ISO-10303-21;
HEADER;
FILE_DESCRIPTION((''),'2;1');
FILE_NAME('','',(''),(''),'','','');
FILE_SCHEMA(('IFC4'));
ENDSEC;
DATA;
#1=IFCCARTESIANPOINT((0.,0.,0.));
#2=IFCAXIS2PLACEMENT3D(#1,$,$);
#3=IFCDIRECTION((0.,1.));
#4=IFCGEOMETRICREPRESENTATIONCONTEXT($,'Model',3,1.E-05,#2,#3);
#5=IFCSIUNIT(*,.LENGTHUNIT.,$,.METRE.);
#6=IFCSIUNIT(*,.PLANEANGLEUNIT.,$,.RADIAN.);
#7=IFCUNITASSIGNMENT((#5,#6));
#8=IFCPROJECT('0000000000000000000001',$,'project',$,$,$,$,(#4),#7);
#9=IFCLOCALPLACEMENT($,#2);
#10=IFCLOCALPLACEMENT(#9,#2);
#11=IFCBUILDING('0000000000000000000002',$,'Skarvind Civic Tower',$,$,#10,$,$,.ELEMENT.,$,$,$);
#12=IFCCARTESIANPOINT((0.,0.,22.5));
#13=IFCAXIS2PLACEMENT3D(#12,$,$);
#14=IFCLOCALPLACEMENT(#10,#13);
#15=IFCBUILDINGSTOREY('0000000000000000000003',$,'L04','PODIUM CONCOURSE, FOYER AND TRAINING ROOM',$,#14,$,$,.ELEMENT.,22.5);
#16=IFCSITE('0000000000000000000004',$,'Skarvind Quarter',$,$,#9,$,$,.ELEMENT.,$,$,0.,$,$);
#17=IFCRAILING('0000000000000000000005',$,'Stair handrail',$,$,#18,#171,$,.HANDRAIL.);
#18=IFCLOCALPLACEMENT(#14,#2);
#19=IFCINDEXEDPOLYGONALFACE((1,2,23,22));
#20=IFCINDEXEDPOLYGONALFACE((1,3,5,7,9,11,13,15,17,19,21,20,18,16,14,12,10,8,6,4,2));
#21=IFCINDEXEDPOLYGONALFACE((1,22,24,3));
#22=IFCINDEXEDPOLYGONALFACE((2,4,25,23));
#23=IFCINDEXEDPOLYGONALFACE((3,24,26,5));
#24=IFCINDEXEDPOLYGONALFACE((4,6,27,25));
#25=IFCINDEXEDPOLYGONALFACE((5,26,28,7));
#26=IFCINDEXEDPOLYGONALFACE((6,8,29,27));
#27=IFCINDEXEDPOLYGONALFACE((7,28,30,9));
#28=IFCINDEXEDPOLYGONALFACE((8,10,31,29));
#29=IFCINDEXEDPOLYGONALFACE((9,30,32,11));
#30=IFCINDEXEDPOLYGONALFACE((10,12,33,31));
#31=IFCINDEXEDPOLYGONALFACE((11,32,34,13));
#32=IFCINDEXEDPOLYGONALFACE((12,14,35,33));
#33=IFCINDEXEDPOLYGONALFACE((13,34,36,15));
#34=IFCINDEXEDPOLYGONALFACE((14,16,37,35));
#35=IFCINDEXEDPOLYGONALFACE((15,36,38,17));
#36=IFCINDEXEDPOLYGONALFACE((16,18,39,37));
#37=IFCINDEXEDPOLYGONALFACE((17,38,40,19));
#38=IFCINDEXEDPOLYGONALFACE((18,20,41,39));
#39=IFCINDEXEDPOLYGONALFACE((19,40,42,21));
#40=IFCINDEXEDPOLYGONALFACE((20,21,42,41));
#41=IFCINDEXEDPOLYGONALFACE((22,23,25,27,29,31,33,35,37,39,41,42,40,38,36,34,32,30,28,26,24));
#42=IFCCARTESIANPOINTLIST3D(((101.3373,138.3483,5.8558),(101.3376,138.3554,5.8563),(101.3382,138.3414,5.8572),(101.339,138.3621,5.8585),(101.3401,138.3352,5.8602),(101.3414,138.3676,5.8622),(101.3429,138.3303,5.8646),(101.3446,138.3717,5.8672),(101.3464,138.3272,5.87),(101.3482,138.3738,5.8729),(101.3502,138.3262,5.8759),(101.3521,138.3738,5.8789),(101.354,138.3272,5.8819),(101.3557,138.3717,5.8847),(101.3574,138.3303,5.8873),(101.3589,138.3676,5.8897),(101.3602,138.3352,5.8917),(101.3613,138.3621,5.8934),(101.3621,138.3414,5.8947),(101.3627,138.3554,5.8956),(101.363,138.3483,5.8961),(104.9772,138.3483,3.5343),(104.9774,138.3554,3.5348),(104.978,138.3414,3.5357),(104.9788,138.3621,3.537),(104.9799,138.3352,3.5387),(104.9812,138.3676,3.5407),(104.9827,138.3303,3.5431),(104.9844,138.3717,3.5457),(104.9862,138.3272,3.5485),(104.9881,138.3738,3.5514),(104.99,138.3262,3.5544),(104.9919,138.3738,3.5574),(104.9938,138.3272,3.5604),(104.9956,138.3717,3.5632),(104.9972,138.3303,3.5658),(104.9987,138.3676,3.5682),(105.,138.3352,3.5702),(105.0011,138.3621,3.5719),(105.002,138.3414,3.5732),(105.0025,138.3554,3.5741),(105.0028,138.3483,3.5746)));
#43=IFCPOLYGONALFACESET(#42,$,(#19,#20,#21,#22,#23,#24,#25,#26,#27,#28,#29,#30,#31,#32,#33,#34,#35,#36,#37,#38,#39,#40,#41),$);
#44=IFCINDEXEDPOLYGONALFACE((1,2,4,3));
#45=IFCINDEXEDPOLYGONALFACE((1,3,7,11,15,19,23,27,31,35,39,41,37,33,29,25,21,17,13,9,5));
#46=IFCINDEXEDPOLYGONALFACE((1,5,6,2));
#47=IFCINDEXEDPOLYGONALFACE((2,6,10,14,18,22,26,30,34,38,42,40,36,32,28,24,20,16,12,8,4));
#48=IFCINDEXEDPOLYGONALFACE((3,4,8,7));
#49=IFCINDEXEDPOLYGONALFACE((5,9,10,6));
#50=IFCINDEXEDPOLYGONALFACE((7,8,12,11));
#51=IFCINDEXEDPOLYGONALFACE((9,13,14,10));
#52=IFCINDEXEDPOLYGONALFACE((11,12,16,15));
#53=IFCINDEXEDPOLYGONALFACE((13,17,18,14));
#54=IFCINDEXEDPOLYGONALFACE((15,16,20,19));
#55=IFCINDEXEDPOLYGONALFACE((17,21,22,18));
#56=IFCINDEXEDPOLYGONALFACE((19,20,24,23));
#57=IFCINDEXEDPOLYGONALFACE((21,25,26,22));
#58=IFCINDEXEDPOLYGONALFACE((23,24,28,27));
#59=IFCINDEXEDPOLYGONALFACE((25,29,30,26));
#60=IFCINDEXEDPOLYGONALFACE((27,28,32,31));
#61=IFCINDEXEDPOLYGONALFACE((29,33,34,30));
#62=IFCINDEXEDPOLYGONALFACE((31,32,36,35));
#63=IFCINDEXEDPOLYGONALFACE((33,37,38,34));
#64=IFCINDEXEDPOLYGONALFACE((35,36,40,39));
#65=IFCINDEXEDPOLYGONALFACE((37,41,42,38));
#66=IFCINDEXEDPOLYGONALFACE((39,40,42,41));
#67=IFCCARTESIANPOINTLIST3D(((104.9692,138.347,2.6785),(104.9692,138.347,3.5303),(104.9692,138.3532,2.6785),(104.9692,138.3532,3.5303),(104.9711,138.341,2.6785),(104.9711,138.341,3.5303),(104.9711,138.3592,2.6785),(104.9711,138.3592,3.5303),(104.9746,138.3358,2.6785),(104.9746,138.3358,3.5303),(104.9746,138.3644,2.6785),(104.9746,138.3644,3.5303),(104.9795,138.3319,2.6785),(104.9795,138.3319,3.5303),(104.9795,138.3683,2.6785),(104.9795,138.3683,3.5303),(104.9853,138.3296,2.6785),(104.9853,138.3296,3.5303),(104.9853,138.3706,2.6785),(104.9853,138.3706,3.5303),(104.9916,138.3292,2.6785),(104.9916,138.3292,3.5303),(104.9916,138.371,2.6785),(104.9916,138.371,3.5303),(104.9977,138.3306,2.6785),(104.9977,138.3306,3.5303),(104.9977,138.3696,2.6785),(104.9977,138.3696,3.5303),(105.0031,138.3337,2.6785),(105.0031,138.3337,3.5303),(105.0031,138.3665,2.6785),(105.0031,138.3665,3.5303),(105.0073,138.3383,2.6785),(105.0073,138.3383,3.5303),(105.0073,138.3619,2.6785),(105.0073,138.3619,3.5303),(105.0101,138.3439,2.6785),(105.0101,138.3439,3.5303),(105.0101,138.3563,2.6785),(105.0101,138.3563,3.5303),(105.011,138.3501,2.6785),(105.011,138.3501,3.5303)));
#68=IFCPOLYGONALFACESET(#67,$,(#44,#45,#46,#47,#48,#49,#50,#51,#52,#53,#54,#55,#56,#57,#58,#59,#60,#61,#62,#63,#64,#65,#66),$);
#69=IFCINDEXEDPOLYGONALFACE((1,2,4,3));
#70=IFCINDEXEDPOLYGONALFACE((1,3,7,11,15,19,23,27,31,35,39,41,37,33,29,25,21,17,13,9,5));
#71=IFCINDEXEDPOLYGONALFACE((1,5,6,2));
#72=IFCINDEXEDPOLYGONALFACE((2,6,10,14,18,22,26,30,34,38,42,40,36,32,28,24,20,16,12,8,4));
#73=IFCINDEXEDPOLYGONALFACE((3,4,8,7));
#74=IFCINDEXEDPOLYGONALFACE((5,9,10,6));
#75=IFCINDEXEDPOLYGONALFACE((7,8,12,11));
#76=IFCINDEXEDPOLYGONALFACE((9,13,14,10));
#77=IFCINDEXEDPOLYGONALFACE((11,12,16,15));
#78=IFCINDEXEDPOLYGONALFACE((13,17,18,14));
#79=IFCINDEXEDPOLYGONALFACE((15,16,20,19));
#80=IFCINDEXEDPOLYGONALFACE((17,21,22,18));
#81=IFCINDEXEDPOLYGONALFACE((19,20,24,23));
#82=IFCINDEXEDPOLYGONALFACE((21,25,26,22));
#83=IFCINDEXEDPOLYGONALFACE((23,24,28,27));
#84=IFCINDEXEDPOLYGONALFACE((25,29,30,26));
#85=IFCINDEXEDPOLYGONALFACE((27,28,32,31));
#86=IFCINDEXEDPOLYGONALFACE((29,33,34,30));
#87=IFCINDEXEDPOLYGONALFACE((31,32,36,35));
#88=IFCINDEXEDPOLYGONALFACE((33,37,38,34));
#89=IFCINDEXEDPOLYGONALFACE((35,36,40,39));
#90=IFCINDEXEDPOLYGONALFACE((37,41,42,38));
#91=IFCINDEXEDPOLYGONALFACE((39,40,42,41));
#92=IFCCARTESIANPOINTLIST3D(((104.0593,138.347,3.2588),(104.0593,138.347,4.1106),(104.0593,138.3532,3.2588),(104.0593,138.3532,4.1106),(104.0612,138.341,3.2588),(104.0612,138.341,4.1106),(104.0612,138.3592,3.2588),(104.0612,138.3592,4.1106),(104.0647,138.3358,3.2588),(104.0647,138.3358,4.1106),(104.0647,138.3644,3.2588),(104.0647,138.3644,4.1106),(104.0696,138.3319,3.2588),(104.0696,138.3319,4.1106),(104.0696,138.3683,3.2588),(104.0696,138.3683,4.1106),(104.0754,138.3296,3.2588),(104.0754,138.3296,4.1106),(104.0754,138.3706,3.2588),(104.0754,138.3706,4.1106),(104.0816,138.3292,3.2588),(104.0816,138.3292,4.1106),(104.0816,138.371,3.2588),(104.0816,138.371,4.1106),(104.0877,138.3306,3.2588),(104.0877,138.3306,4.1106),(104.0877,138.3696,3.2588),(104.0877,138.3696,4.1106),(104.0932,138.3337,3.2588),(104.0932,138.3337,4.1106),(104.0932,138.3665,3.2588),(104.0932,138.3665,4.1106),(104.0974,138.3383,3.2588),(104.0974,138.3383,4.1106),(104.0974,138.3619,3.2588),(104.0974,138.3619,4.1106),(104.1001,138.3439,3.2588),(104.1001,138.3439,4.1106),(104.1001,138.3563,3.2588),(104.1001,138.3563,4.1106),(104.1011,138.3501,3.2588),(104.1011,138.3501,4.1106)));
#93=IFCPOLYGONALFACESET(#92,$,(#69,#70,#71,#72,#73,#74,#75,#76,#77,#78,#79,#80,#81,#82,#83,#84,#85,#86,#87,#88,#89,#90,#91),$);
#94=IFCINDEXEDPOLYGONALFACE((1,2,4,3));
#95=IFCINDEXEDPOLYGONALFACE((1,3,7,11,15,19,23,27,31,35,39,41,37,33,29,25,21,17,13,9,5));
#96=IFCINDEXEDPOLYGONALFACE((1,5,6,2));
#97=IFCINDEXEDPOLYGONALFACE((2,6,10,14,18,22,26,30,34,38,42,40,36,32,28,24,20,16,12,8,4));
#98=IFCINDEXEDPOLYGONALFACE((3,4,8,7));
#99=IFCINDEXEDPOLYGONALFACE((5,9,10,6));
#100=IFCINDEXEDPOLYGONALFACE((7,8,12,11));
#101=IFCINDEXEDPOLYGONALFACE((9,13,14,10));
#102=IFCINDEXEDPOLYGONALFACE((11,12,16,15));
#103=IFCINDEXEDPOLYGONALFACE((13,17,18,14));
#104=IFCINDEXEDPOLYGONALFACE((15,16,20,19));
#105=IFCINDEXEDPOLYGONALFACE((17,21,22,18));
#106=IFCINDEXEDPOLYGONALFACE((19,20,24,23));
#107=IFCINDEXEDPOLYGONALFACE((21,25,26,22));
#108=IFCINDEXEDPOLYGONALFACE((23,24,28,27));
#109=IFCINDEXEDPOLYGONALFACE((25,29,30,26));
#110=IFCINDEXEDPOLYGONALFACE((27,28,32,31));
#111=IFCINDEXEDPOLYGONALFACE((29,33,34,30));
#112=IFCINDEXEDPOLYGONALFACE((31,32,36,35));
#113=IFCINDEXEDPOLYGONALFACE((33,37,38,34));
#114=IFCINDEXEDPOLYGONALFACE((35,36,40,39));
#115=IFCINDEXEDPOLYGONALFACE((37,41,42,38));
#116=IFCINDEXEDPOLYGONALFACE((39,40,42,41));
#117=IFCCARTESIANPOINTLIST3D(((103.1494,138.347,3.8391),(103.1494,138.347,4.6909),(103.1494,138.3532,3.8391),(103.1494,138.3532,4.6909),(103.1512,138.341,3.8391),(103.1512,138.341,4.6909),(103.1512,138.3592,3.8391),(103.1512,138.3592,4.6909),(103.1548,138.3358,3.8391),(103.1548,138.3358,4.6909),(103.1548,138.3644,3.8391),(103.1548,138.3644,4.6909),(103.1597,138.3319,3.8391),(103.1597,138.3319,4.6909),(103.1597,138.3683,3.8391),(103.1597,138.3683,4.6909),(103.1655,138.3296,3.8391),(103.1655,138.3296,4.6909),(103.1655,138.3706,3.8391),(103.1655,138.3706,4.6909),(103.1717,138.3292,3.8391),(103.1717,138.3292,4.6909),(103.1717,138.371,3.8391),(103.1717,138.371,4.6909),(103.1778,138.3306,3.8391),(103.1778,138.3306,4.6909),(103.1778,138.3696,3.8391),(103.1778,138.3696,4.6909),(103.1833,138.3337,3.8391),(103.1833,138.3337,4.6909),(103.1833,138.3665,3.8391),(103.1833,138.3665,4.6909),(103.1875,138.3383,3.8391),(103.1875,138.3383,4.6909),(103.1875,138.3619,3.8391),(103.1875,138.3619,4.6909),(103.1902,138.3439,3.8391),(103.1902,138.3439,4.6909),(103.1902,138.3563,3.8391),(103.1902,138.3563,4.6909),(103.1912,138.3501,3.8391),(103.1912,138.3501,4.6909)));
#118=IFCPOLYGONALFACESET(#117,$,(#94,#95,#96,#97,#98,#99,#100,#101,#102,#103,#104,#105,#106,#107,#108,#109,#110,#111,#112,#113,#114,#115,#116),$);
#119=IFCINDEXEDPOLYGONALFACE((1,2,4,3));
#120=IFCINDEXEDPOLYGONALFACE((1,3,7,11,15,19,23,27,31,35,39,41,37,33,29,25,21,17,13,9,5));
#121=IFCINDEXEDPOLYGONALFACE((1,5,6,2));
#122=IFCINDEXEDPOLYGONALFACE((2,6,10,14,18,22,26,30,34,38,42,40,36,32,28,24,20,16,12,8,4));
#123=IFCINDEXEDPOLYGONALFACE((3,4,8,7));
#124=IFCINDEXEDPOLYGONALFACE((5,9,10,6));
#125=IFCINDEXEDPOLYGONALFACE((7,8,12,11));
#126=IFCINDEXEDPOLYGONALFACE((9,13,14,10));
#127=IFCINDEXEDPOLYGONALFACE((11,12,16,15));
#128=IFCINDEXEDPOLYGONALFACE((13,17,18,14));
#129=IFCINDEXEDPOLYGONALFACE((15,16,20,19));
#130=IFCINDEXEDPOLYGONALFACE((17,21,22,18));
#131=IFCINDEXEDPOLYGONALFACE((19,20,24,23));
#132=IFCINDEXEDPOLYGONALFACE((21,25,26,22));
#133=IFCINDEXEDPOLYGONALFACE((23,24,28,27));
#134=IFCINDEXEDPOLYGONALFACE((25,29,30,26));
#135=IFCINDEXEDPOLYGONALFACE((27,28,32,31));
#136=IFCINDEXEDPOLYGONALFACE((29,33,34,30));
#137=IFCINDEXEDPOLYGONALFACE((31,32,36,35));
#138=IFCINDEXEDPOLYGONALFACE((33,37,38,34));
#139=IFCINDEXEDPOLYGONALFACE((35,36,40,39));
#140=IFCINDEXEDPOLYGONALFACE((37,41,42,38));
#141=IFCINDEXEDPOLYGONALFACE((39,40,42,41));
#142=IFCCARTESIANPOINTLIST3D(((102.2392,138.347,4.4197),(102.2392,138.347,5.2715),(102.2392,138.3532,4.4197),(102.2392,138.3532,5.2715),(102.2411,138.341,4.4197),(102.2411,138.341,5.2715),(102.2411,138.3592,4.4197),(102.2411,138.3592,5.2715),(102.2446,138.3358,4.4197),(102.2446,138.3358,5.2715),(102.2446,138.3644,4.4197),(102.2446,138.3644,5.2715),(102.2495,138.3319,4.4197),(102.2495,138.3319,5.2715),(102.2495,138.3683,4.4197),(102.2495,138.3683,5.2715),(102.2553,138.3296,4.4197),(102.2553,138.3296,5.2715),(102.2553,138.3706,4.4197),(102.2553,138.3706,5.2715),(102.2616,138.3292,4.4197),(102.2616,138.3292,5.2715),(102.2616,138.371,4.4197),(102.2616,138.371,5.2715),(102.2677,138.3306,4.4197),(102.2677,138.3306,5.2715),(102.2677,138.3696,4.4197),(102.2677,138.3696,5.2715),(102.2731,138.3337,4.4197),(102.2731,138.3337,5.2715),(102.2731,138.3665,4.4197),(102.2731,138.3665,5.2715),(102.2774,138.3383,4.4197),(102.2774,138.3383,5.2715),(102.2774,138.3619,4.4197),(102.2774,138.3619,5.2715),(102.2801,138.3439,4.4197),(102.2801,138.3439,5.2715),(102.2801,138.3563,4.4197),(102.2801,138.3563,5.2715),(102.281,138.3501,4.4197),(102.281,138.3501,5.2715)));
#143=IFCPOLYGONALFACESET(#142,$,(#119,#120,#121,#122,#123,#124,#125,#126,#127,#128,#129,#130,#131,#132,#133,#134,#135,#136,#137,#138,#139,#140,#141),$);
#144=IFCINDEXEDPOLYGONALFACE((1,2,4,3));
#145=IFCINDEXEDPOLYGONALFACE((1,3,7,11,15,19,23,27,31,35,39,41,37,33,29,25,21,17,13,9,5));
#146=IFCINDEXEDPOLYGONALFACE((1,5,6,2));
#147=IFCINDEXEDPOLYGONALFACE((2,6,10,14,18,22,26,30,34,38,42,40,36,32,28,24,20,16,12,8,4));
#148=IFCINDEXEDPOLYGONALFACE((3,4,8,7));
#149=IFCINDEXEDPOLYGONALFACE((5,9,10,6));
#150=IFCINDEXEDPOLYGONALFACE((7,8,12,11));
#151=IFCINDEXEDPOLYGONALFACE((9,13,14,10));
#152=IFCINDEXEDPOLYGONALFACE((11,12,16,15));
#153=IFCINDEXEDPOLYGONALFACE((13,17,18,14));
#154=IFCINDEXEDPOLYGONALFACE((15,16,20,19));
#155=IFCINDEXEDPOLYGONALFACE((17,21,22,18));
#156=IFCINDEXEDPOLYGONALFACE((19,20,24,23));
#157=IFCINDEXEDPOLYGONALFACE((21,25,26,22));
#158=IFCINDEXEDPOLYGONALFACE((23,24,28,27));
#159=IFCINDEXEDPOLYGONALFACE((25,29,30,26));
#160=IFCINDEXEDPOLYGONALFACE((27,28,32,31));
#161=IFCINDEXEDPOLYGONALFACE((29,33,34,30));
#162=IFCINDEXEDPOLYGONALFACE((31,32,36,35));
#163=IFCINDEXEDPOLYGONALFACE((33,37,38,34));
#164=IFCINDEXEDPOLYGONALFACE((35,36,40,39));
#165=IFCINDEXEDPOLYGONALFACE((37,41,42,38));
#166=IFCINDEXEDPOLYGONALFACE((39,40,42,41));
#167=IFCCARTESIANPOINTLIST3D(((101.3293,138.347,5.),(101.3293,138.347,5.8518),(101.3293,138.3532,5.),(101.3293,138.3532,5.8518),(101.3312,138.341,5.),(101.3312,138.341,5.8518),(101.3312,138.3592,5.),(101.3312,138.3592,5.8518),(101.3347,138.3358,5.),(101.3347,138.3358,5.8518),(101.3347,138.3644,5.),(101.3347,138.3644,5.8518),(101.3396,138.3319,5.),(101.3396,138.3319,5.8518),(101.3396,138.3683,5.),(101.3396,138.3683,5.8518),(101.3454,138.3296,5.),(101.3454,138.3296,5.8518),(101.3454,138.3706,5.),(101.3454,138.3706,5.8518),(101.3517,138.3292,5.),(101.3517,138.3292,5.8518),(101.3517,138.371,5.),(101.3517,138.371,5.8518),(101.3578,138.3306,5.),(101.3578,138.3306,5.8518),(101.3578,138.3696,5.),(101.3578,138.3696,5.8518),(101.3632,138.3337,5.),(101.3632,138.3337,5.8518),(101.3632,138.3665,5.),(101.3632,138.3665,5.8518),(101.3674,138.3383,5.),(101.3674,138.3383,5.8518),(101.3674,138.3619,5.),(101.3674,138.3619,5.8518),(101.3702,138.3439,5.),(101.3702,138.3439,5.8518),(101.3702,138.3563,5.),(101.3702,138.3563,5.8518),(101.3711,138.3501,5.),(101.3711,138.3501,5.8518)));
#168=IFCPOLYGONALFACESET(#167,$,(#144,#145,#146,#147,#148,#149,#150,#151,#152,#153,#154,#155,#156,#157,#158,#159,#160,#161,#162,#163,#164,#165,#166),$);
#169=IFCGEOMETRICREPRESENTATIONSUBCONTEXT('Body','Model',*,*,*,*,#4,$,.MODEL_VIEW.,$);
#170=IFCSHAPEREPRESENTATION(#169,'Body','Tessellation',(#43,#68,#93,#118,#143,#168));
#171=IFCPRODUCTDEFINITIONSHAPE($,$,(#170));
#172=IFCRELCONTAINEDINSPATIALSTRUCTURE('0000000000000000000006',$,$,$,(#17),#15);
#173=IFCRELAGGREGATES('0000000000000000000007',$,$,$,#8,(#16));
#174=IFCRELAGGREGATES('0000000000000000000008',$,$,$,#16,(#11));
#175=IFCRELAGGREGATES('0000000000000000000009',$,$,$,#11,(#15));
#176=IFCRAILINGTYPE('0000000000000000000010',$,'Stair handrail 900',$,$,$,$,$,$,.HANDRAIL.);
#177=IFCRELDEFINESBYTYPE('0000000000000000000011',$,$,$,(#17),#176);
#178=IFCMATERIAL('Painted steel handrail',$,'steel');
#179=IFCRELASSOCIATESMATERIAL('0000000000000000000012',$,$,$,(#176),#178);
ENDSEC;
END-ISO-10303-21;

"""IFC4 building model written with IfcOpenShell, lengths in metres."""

from ifc_helpers import new_model, si_unit, direction, frame, origin, origin_2d, place, context, subcontext, project, spatial, circle, extrude, material, type_object, element, save


model = new_model("IFC4")

# Units and contexts
model_context = context("Model", 3, precision=1e-05, world=origin(), true_north=direction((0.0, 1.0)))
body_context = subcontext(model_context, "Body", "Model", "MODEL_VIEW")
ifc_project = project(units=[si_unit("LENGTHUNIT", "METRE"), si_unit("PLANEANGLEUNIT", "RADIAN")], contexts=[model_context])

# Site, building, storey
site_placement = place(None, origin())
site = spatial("IfcSite", under=ifc_project, at=site_placement, Name="Skarvind Quarter", CompositionType="ELEMENT", RefElevation=0.0)
building_placement = place(site_placement, origin())
building = spatial("IfcBuilding", under=site, at=building_placement, Name="Skarvind Civic Tower", CompositionType="ELEMENT")
storey_placement = place(building_placement, frame((0.0, 0.0, 22.5)))
storey = spatial("IfcBuildingStorey", under=building, at=storey_placement, Name="L04", Description="PODIUM CONCOURSE, FOYER AND TRAINING ROOM", CompositionType="ELEMENT", Elevation=22.5)

# Railing
ifc_material_1 = material(Name="Painted steel handrail", Category="steel")
railing_type = type_object("IfcRailingType", Name="Stair handrail 900", PredefinedType="HANDRAIL", material=ifc_material_1)
railing_placement = place(storey_placement, frame((104.99, 138.3501, 2.6785)))
element("IfcRailing", 1, at=railing_placement, inside=storey, type_object=railing_type, Name="Stair handrail", PredefinedType="HANDRAIL", context=body_context, shape_type="SweptSolid", body=[
    extrude(circle(Radius=0.0239, at=origin_2d()), frame((0.0, 0.0, 0.876), z_axis=(-0.843112, 0.0, 0.537739), x_axis=(0.0, -1.0, 0.0)), (0.0, 0.0, 1.0), 4.3171),
    extrude(circle(Radius=0.021, at=origin_2d()), origin(), (0.0, 0.0, 1.0), 0.8518),
    extrude(circle(Radius=0.021, at=origin_2d()), frame((-0.9099, 0.0, 0.5803)), (0.0, 0.0, 1.0), 0.8518),
    extrude(circle(Radius=0.021, at=origin_2d()), frame((-1.8198, 0.0, 1.1606)), (0.0, 0.0, 1.0), 0.8518),
    extrude(circle(Radius=0.021, at=origin_2d()), frame((-2.73, 0.0, 1.7412)), (0.0, 0.0, 1.0), 0.8518),
    extrude(circle(Radius=0.021, at=origin_2d()), frame((-3.6399, 0.0, 2.3215)), (0.0, 0.0, 1.0), 0.8518),
])

save(model, "model.ifc")
